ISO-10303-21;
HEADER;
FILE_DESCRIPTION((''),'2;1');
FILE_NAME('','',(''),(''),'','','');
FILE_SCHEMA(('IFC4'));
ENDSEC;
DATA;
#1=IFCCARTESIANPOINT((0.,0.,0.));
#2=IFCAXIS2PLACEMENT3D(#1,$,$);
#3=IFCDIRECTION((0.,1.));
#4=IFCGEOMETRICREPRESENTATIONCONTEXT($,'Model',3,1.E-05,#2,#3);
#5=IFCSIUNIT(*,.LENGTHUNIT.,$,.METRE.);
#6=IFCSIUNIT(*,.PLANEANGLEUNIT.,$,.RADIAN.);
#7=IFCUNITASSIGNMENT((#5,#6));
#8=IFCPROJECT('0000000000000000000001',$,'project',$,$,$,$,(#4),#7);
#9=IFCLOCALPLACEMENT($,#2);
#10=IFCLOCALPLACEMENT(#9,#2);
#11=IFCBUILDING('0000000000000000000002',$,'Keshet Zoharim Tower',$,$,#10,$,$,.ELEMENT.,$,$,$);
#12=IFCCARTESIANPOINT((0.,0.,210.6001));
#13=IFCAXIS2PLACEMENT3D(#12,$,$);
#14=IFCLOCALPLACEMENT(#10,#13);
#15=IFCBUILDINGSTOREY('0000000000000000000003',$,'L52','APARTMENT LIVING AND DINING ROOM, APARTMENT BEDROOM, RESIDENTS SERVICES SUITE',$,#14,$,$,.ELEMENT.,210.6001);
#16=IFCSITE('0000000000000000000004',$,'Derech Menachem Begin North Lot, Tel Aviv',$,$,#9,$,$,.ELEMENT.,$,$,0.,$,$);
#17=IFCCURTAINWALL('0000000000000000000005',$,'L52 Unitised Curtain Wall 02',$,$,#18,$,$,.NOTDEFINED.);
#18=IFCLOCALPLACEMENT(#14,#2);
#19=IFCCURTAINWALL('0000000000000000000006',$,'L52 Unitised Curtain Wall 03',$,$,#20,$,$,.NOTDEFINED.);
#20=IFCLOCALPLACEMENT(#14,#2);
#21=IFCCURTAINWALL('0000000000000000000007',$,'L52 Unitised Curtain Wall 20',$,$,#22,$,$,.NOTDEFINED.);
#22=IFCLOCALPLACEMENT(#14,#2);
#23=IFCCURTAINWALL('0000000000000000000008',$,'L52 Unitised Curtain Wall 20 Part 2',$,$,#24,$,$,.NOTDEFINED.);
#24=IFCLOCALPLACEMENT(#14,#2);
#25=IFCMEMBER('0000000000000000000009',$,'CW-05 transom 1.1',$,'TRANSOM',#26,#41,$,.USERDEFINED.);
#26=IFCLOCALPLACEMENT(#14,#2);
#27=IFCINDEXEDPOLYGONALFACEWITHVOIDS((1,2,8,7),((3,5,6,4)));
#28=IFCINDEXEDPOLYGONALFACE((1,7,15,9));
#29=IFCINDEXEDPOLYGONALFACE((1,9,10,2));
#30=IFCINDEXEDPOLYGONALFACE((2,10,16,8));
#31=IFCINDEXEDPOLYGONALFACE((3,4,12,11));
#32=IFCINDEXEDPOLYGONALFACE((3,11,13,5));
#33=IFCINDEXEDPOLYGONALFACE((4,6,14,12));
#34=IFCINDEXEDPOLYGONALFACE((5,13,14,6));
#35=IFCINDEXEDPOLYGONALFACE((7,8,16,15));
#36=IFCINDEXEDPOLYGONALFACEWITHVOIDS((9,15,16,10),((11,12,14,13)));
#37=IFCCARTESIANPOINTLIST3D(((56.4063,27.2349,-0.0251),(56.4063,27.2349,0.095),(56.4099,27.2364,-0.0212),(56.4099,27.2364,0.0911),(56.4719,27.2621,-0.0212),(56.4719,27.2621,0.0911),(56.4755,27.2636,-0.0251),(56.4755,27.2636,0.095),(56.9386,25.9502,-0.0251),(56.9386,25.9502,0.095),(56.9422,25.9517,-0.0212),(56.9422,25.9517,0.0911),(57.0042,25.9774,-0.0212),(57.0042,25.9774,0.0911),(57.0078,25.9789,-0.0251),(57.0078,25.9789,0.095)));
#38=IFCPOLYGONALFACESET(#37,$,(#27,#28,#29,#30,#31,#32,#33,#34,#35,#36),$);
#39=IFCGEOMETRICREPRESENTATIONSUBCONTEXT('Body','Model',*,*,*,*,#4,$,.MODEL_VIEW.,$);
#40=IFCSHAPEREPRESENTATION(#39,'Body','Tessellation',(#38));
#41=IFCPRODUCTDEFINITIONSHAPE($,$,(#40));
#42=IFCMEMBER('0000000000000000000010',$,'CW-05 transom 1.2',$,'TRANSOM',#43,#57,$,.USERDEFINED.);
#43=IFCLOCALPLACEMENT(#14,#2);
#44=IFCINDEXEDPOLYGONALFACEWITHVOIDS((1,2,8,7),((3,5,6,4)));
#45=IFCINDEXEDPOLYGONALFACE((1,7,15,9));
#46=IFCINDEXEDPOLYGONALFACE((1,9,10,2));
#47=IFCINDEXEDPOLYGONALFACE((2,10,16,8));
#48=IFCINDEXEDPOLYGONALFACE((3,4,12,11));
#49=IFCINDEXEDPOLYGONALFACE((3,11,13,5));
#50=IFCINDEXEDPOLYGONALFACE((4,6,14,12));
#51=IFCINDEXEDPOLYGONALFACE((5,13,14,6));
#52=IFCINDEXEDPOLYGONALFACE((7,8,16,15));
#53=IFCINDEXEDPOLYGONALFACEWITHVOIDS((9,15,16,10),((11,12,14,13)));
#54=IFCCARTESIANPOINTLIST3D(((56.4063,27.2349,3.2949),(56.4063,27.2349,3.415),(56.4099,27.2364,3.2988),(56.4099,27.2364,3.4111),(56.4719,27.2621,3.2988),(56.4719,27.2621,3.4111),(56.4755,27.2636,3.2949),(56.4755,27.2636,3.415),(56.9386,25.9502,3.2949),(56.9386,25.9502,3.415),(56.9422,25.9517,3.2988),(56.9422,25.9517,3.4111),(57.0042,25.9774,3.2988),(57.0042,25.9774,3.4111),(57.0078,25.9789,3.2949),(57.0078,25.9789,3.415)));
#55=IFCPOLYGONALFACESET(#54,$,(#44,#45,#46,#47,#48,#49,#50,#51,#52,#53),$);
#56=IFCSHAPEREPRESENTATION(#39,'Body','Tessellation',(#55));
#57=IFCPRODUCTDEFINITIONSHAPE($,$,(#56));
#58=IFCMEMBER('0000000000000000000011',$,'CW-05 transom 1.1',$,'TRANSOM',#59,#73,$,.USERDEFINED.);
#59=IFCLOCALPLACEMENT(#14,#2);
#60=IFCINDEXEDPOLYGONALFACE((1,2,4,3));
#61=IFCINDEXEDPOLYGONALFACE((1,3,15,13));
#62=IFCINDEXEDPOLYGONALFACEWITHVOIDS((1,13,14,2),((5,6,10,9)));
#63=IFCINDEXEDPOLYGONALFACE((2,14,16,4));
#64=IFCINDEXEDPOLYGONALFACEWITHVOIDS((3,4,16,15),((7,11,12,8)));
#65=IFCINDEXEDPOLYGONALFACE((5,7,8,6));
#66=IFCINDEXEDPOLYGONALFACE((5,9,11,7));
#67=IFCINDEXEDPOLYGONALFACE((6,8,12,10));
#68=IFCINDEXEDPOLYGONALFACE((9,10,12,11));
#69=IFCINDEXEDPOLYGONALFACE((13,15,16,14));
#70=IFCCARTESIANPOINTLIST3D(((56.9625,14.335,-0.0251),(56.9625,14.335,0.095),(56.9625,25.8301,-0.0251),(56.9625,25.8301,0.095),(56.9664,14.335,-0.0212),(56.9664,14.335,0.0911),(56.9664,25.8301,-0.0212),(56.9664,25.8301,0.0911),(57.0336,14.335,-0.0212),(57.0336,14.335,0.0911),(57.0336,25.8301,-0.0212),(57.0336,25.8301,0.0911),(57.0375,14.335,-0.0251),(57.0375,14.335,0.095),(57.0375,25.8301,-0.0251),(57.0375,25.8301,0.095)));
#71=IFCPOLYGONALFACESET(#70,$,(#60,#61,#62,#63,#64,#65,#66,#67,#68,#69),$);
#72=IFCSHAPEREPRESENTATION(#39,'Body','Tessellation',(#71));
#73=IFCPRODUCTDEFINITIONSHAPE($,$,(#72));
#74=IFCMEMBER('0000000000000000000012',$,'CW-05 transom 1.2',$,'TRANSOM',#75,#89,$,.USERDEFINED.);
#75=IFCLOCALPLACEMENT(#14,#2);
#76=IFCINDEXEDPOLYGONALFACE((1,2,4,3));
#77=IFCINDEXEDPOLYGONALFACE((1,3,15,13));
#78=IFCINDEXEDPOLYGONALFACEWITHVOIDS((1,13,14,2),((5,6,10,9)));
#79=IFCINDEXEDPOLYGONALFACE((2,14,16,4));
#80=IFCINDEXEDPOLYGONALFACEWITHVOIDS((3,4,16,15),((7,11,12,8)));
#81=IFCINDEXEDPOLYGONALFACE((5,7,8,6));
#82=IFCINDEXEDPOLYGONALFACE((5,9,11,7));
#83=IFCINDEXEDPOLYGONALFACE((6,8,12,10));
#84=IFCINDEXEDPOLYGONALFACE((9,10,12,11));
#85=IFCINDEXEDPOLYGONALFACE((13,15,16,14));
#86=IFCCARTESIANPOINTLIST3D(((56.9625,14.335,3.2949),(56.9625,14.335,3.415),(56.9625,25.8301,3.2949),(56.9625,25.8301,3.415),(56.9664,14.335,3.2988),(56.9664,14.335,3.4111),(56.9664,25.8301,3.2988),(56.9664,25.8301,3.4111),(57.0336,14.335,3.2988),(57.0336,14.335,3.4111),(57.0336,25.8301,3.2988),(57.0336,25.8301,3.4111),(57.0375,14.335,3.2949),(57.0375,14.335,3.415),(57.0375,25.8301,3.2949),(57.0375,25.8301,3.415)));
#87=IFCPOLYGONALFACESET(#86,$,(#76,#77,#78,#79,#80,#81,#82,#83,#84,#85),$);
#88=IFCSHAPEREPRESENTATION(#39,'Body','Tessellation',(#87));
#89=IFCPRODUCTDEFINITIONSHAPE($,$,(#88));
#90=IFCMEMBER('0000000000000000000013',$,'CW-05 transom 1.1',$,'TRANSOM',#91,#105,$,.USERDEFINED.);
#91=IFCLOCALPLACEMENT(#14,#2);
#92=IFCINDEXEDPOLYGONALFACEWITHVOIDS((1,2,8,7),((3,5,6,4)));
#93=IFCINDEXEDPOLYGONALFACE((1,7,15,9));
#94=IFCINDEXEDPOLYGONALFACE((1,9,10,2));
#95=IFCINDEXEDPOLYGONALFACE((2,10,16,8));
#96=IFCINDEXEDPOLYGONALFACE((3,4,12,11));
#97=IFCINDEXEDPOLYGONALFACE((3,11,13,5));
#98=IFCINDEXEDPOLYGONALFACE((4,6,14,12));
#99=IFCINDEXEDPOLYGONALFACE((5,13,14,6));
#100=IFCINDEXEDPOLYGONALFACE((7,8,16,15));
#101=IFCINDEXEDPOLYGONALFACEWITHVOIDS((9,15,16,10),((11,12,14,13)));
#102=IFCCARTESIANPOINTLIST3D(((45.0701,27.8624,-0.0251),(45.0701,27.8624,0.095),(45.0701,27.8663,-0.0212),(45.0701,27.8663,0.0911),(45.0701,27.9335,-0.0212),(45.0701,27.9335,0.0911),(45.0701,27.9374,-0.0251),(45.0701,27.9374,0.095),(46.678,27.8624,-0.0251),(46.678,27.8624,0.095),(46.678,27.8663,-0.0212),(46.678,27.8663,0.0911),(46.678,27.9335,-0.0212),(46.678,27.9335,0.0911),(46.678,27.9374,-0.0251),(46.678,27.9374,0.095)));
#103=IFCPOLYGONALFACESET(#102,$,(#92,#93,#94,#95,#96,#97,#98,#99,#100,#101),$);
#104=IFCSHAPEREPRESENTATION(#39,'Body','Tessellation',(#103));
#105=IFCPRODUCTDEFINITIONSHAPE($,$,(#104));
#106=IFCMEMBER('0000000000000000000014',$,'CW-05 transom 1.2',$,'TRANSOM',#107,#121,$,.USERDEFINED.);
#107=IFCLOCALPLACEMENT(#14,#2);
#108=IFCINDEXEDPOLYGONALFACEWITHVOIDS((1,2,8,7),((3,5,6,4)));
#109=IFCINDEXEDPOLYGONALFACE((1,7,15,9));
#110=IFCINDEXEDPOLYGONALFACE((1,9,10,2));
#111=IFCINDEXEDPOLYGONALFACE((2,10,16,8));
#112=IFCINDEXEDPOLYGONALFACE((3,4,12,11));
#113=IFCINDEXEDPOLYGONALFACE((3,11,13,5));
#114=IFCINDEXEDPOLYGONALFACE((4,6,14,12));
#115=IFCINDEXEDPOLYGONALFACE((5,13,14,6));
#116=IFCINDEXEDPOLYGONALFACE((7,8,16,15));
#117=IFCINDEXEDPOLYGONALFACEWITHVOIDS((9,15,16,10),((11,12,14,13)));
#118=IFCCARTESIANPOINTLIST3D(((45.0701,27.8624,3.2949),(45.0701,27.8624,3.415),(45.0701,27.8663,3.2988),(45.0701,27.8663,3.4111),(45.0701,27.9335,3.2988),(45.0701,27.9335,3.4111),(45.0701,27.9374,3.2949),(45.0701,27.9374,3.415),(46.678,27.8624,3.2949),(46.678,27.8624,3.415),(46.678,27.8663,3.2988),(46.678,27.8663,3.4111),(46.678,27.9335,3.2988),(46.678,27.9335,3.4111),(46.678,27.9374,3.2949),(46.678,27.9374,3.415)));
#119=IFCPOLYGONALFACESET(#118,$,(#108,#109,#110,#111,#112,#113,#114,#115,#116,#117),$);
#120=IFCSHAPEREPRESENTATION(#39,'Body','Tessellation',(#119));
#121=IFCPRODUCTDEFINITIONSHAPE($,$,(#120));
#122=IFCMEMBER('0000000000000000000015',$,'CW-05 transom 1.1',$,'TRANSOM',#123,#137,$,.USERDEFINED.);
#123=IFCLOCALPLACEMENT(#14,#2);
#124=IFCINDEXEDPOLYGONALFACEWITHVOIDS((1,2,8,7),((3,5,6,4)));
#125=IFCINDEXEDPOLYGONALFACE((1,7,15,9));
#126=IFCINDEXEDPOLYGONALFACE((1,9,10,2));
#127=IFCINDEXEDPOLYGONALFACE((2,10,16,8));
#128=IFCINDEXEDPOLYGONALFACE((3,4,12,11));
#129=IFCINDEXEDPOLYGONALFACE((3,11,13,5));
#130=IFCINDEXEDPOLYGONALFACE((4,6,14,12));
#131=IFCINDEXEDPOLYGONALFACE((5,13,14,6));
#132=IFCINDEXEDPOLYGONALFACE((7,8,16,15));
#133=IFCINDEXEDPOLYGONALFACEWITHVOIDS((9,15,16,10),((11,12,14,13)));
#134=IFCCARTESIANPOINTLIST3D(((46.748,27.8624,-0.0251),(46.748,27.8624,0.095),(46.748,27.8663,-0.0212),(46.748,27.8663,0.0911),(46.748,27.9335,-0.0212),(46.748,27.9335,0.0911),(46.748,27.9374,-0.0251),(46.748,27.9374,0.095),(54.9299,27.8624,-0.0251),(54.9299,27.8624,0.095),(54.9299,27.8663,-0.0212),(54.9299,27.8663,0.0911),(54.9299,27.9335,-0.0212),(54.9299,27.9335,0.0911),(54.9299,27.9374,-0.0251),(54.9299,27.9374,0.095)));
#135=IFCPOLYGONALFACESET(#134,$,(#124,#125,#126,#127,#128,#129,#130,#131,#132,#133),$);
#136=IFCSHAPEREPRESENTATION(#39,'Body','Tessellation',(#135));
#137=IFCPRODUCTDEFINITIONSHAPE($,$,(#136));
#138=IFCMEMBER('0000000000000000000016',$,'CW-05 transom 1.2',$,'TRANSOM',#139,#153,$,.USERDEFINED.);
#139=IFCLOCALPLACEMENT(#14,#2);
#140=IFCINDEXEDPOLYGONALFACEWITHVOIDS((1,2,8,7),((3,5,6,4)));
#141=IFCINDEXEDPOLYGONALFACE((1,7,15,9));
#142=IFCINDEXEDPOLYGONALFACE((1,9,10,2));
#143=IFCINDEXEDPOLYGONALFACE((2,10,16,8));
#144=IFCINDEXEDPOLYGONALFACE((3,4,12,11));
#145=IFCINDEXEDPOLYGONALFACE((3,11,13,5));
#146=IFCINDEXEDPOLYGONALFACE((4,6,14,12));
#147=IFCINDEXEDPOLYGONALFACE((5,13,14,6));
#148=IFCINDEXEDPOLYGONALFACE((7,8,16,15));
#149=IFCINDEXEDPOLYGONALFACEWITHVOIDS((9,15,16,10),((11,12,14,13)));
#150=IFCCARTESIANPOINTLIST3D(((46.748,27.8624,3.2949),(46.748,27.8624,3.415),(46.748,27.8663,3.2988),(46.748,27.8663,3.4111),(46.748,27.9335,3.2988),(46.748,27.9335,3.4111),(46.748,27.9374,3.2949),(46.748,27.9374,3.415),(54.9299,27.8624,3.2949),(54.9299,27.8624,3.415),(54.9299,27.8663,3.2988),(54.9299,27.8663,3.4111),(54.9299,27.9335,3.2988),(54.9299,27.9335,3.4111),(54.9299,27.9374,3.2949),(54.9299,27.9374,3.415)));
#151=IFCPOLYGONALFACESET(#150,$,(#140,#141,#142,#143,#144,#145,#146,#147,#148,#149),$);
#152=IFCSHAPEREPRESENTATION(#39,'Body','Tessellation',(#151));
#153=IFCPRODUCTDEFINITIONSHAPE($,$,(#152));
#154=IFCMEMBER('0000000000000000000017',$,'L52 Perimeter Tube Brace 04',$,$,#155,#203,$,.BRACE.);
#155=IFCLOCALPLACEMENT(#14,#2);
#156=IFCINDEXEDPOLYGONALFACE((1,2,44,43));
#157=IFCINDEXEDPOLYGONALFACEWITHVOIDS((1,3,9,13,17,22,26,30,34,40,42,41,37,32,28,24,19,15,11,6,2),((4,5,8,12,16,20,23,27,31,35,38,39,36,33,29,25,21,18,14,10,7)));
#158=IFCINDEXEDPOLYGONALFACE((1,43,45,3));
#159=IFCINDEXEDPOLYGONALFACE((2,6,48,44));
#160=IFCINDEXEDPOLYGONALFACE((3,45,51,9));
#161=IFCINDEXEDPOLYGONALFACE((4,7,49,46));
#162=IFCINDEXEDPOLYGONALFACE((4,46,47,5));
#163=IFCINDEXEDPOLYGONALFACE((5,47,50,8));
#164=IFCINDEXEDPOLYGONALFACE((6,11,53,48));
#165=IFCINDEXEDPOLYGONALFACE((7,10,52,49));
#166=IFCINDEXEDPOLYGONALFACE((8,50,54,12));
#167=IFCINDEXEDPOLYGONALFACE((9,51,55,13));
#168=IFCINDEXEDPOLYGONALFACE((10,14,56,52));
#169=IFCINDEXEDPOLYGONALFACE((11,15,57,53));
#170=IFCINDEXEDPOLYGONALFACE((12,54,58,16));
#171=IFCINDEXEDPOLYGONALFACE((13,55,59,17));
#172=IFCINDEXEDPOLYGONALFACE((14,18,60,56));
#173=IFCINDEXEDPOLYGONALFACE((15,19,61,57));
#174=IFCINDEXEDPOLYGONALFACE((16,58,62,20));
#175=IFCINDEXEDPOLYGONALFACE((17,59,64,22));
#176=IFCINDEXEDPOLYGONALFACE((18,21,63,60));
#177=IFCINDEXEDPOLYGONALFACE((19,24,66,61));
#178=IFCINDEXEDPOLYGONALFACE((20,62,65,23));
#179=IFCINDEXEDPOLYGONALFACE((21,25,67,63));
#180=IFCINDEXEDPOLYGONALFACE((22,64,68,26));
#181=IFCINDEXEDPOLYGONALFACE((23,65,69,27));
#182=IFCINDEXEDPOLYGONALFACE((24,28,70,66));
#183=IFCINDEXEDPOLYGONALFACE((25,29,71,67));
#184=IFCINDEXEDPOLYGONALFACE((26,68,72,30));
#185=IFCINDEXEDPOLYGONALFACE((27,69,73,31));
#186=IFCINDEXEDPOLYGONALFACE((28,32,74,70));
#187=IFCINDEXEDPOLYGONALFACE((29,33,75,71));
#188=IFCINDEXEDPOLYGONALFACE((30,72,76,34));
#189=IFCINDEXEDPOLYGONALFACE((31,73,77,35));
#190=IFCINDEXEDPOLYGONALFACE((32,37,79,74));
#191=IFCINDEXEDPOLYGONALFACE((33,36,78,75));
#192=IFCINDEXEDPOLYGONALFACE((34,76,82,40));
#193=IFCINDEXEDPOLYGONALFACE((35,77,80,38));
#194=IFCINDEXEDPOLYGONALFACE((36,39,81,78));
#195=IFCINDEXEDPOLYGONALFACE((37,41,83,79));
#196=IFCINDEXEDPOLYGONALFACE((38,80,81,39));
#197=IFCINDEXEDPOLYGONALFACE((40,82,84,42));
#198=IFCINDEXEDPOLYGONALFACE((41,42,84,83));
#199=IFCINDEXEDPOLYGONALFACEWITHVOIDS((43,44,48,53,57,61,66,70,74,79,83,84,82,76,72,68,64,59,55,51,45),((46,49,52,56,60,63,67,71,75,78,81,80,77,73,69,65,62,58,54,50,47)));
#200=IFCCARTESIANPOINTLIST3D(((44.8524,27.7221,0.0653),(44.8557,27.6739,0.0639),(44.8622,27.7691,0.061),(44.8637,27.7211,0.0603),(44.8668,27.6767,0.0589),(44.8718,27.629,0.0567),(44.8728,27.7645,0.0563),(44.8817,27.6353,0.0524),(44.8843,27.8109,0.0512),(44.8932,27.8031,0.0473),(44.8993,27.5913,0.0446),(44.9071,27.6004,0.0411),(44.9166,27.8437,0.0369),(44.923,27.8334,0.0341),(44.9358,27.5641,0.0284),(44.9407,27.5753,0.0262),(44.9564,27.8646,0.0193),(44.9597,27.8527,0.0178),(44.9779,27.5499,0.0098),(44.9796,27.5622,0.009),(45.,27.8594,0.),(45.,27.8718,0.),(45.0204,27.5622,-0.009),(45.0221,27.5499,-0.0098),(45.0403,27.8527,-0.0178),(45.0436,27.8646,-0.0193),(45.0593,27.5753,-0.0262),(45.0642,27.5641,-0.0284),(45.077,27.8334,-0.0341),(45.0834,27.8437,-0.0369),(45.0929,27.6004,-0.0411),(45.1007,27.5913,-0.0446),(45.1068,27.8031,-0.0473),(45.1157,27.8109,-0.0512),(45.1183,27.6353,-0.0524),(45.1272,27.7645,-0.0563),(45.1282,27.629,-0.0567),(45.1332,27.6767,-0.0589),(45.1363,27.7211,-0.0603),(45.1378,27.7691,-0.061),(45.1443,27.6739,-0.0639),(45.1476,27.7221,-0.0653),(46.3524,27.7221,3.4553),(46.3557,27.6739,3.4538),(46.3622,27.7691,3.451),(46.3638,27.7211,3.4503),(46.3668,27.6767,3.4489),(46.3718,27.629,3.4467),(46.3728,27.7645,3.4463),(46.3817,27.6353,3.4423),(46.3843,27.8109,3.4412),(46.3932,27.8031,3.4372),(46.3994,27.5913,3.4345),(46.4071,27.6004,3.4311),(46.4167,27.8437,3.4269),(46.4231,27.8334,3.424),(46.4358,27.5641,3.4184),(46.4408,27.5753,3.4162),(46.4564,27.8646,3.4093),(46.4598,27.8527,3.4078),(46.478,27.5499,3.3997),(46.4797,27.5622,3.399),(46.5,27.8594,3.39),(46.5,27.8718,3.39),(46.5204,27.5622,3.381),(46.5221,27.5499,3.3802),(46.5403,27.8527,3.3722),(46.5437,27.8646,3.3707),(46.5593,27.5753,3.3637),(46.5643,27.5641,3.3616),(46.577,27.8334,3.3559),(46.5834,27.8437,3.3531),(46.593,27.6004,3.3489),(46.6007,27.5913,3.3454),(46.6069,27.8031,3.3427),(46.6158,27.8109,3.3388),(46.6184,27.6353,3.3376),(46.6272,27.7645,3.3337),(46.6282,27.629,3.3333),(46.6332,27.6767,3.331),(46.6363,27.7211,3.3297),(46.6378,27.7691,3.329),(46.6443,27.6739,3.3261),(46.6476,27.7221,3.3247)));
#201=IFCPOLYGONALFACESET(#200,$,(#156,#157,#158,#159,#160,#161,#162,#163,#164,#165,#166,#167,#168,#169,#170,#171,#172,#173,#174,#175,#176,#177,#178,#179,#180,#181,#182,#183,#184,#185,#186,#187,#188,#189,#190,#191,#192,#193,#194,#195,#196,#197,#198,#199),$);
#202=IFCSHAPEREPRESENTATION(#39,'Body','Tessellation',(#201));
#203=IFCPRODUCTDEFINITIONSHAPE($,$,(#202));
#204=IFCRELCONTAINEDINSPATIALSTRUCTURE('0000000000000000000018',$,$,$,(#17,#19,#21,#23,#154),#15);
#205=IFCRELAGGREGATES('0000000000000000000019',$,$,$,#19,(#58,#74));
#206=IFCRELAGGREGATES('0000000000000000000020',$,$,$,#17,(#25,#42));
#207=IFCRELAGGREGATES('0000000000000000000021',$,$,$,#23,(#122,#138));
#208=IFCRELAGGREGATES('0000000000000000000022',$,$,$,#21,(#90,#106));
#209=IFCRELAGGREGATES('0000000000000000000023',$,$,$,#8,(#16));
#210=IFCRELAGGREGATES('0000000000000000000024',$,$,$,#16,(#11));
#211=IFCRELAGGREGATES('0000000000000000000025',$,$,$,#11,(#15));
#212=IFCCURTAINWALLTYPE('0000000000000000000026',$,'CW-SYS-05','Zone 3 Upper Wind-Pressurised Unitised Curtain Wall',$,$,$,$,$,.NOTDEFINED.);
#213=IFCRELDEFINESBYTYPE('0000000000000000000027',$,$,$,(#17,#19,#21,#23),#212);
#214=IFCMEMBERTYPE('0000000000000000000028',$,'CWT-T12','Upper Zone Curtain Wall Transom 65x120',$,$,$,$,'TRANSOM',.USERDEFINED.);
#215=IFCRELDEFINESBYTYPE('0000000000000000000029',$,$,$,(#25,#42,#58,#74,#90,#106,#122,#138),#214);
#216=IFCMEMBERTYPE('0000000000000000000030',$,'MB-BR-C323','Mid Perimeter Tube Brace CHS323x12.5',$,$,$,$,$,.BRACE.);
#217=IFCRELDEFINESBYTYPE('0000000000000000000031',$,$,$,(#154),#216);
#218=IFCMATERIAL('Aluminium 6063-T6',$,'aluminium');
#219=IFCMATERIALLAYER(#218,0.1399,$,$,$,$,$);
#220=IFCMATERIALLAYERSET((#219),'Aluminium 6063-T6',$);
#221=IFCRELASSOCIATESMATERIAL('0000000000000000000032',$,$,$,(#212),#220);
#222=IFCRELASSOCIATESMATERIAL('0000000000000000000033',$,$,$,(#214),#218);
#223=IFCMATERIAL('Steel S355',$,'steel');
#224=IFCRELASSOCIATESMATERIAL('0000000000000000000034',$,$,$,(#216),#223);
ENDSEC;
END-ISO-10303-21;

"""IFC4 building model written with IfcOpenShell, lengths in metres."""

from ifc_helpers import new_model, si_unit, direction, frame, origin, origin_2d, place, context, subcontext, project, spatial, hollow_rectangle, hollow_circle, extrude, material, layer, layer_set, material_profile, profile_set, type_object, element, aggregate, save


model = new_model("IFC4")

# Units and contexts
model_context = context("Model", 3, precision=1e-05, world=origin(), true_north=direction((0.0, 1.0)))
body_context = subcontext(model_context, "Body", "Model", "MODEL_VIEW")
ifc_project = project(units=[si_unit("LENGTHUNIT", "METRE"), si_unit("PLANEANGLEUNIT", "RADIAN")], contexts=[model_context])

# Site, building, storey
site_placement = place(None, origin())
site = spatial("IfcSite", under=ifc_project, at=site_placement, Name="Derech Menachem Begin North Lot, Tel Aviv", CompositionType="ELEMENT", RefElevation=0.0)
building_placement = place(site_placement, origin())
building = spatial("IfcBuilding", under=site, at=building_placement, Name="Keshet Zoharim Tower", CompositionType="ELEMENT")
storey_placement = place(building_placement, frame((0.0, 0.0, 210.6001)))
storey = spatial("IfcBuildingStorey", under=building, at=storey_placement, Name="L52", Description="APARTMENT LIVING AND DINING ROOM, APARTMENT BEDROOM, RESIDENTS SERVICES SUITE", CompositionType="ELEMENT", Elevation=210.6001)

# Shared definitions
ifc_material_1 = material(Name="Steel S355", Category="steel")

# Curtain wall
ifc_material_2 = material(Name="Aluminium 6063-T6", Category="aluminium")
ifc_layer_1 = layer(ifc_material_2, 0.1399)
ifc_layer_set_1 = layer_set([ifc_layer_1], Name="Aluminium 6063-T6")
curtain_wall_type = type_object("IfcCurtainWallType", Name="CW-SYS-05", Description="Zone 3 Upper Wind-Pressurised Unitised Curtain Wall", PredefinedType="NOTDEFINED", material=ifc_layer_set_1)
curtain_wall_1_placement = place(storey_placement, origin())
curtain_wall_1 = element("IfcCurtainWall", 1, at=curtain_wall_1_placement, inside=storey, type_object=curtain_wall_type, Name="L52 Unitised Curtain Wall 02", PredefinedType="NOTDEFINED")

# Curtain wall
curtain_wall_2_placement = place(storey_placement, origin())
curtain_wall_2 = element("IfcCurtainWall", 2, at=curtain_wall_2_placement, inside=storey, type_object=curtain_wall_type, Name="L52 Unitised Curtain Wall 03", PredefinedType="NOTDEFINED")

# Curtain wall
curtain_wall_3_placement = place(storey_placement, origin())
curtain_wall_3 = element("IfcCurtainWall", 3, at=curtain_wall_3_placement, inside=storey, type_object=curtain_wall_type, Name="L52 Unitised Curtain Wall 20", PredefinedType="NOTDEFINED")

# Curtain wall
curtain_wall_4_placement = place(storey_placement, origin())
curtain_wall_4 = element("IfcCurtainWall", 4, at=curtain_wall_4_placement, inside=storey, type_object=curtain_wall_type, Name="L52 Unitised Curtain Wall 20 Part 2", PredefinedType="NOTDEFINED")

# Members
ifc_material_profile_1 = material_profile(ifc_material_2, hollow_rectangle(XDim=0.075, YDim=0.1201, WallThickness=0.0039, at=origin_2d()), Name="TRN-75x120")
ifc_profile_set_1 = profile_set([ifc_material_profile_1], Name="Aluminium 6063-T6")
member_type_1 = type_object("IfcMemberType", Name="CWT-T12", Description="Upper Zone Curtain Wall Transom 65x120", ElementType="TRANSOM", PredefinedType="USERDEFINED", material=ifc_profile_set_1)
member_1_placement = place(storey_placement, frame((56.4409, 27.2493, 0.0349), z_axis=(0.382745, -0.923854, 0.0), x_axis=(0.923854, 0.382745, 0.0)))
member_1 = element("IfcMember", 5, at=member_1_placement, type_object=member_type_1, Name="CW-05 transom 1.1", ObjectType="TRANSOM", PredefinedType="USERDEFINED", context=body_context, shape_type="SweptSolid", body=[
    extrude(hollow_rectangle(XDim=0.075, YDim=0.1201, WallThickness=0.0039, at=origin_2d()), origin(), (0.0, 0.0, 1.0), 1.3906),
])
member_2_placement = place(storey_placement, frame((56.4409, 27.2493, 3.355), z_axis=(0.382745, -0.923854, 0.0), x_axis=(0.923854, 0.382745, 0.0)))
member_2 = element("IfcMember", 6, at=member_2_placement, type_object=member_type_1, Name="CW-05 transom 1.2", ObjectType="TRANSOM", PredefinedType="USERDEFINED", context=body_context, shape_type="SweptSolid", body=[
    extrude(hollow_rectangle(XDim=0.075, YDim=0.1201, WallThickness=0.0039, at=origin_2d()), origin(), (0.0, 0.0, 1.0), 1.3906),
])
member_3_placement = place(storey_placement, frame((57.0, 25.8301, 0.0349), z_axis=(0.0, -1.0, 0.0), x_axis=(1.0, 0.0, 0.0)))
member_3 = element("IfcMember", 7, at=member_3_placement, type_object=member_type_1, Name="CW-05 transom 1.1", ObjectType="TRANSOM", PredefinedType="USERDEFINED", context=body_context, shape_type="SweptSolid", body=[
    extrude(hollow_rectangle(XDim=0.075, YDim=0.1201, WallThickness=0.0039, at=origin_2d()), origin(), (0.0, 0.0, 1.0), 11.4951),
])
member_4_placement = place(storey_placement, frame((57.0, 25.8301, 3.355), z_axis=(0.0, -1.0, 0.0), x_axis=(1.0, 0.0, 0.0)))
member_4 = element("IfcMember", 8, at=member_4_placement, type_object=member_type_1, Name="CW-05 transom 1.2", ObjectType="TRANSOM", PredefinedType="USERDEFINED", context=body_context, shape_type="SweptSolid", body=[
    extrude(hollow_rectangle(XDim=0.075, YDim=0.1201, WallThickness=0.0039, at=origin_2d()), origin(), (0.0, 0.0, 1.0), 11.4951),
])
aggregate(curtain_wall_2, [member_3, member_4])
member_5_placement = place(storey_placement, frame((45.0701, 27.8999, 0.0349), z_axis=(1.0, 0.0, 0.0), x_axis=(0.0, 1.0, 0.0)))
member_5 = element("IfcMember", 9, at=member_5_placement, type_object=member_type_1, Name="CW-05 transom 1.1", ObjectType="TRANSOM", PredefinedType="USERDEFINED", context=body_context, shape_type="SweptSolid", body=[
    extrude(hollow_rectangle(XDim=0.075, YDim=0.1201, WallThickness=0.0039, at=origin_2d()), origin(), (0.0, 0.0, 1.0), 1.6079),
])
member_6_placement = place(storey_placement, frame((45.0701, 27.8999, 3.355), z_axis=(1.0, 0.0, 0.0), x_axis=(0.0, 1.0, 0.0)))
member_6 = element("IfcMember", 10, at=member_6_placement, type_object=member_type_1, Name="CW-05 transom 1.2", ObjectType="TRANSOM", PredefinedType="USERDEFINED", context=body_context, shape_type="SweptSolid", body=[
    extrude(hollow_rectangle(XDim=0.075, YDim=0.1201, WallThickness=0.0039, at=origin_2d()), origin(), (0.0, 0.0, 1.0), 1.6079),
])
member_7_placement = place(storey_placement, frame((46.748, 27.8999, 0.0349), z_axis=(1.0, 0.0, 0.0), x_axis=(0.0, 1.0, 0.0)))
member_7 = element("IfcMember", 11, at=member_7_placement, type_object=member_type_1, Name="CW-05 transom 1.1", ObjectType="TRANSOM", PredefinedType="USERDEFINED", context=body_context, shape_type="SweptSolid", body=[
    extrude(hollow_rectangle(XDim=0.075, YDim=0.1201, WallThickness=0.0039, at=origin_2d()), origin(), (0.0, 0.0, 1.0), 8.1819),
])
member_8_placement = place(storey_placement, frame((46.748, 27.8999, 3.355), z_axis=(1.0, 0.0, 0.0), x_axis=(0.0, 1.0, 0.0)))
member_8 = element("IfcMember", 12, at=member_8_placement, type_object=member_type_1, Name="CW-05 transom 1.2", ObjectType="TRANSOM", PredefinedType="USERDEFINED", context=body_context, shape_type="SweptSolid", body=[
    extrude(hollow_rectangle(XDim=0.075, YDim=0.1201, WallThickness=0.0039, at=origin_2d()), origin(), (0.0, 0.0, 1.0), 8.1819),
])
ifc_material_profile_2 = material_profile(ifc_material_1, hollow_circle(Radius=0.1619, WallThickness=0.0125, at=origin_2d()), Name="CHS323x12.5")
ifc_profile_set_2 = profile_set([ifc_material_profile_2], Name="Steel S355")
member_type_2 = type_object("IfcMemberType", Name="MB-BR-C323", Description="Mid Perimeter Tube Brace CHS323x12.5", PredefinedType="BRACE", material=ifc_profile_set_2)
member_9_placement = place(storey_placement, frame((45.0, 27.71, 0.0), z_axis=(0.404647, 0.0, 0.914473), x_axis=(0.0, 1.0, 0.0)))
element("IfcMember", 13, at=member_9_placement, inside=storey, type_object=member_type_2, Name="L52 Perimeter Tube Brace 04", PredefinedType="BRACE", context=body_context, shape_type="SweptSolid", body=[
    extrude(hollow_circle(Radius=0.1619, WallThickness=0.0125, at=origin_2d()), origin(), (0.0, 0.0, 1.0), 3.707),
])

aggregate(curtain_wall_1, [member_1, member_2])
aggregate(curtain_wall_4, [member_7, member_8])
aggregate(curtain_wall_3, [member_5, member_6])

save(model, "model.ifc")
